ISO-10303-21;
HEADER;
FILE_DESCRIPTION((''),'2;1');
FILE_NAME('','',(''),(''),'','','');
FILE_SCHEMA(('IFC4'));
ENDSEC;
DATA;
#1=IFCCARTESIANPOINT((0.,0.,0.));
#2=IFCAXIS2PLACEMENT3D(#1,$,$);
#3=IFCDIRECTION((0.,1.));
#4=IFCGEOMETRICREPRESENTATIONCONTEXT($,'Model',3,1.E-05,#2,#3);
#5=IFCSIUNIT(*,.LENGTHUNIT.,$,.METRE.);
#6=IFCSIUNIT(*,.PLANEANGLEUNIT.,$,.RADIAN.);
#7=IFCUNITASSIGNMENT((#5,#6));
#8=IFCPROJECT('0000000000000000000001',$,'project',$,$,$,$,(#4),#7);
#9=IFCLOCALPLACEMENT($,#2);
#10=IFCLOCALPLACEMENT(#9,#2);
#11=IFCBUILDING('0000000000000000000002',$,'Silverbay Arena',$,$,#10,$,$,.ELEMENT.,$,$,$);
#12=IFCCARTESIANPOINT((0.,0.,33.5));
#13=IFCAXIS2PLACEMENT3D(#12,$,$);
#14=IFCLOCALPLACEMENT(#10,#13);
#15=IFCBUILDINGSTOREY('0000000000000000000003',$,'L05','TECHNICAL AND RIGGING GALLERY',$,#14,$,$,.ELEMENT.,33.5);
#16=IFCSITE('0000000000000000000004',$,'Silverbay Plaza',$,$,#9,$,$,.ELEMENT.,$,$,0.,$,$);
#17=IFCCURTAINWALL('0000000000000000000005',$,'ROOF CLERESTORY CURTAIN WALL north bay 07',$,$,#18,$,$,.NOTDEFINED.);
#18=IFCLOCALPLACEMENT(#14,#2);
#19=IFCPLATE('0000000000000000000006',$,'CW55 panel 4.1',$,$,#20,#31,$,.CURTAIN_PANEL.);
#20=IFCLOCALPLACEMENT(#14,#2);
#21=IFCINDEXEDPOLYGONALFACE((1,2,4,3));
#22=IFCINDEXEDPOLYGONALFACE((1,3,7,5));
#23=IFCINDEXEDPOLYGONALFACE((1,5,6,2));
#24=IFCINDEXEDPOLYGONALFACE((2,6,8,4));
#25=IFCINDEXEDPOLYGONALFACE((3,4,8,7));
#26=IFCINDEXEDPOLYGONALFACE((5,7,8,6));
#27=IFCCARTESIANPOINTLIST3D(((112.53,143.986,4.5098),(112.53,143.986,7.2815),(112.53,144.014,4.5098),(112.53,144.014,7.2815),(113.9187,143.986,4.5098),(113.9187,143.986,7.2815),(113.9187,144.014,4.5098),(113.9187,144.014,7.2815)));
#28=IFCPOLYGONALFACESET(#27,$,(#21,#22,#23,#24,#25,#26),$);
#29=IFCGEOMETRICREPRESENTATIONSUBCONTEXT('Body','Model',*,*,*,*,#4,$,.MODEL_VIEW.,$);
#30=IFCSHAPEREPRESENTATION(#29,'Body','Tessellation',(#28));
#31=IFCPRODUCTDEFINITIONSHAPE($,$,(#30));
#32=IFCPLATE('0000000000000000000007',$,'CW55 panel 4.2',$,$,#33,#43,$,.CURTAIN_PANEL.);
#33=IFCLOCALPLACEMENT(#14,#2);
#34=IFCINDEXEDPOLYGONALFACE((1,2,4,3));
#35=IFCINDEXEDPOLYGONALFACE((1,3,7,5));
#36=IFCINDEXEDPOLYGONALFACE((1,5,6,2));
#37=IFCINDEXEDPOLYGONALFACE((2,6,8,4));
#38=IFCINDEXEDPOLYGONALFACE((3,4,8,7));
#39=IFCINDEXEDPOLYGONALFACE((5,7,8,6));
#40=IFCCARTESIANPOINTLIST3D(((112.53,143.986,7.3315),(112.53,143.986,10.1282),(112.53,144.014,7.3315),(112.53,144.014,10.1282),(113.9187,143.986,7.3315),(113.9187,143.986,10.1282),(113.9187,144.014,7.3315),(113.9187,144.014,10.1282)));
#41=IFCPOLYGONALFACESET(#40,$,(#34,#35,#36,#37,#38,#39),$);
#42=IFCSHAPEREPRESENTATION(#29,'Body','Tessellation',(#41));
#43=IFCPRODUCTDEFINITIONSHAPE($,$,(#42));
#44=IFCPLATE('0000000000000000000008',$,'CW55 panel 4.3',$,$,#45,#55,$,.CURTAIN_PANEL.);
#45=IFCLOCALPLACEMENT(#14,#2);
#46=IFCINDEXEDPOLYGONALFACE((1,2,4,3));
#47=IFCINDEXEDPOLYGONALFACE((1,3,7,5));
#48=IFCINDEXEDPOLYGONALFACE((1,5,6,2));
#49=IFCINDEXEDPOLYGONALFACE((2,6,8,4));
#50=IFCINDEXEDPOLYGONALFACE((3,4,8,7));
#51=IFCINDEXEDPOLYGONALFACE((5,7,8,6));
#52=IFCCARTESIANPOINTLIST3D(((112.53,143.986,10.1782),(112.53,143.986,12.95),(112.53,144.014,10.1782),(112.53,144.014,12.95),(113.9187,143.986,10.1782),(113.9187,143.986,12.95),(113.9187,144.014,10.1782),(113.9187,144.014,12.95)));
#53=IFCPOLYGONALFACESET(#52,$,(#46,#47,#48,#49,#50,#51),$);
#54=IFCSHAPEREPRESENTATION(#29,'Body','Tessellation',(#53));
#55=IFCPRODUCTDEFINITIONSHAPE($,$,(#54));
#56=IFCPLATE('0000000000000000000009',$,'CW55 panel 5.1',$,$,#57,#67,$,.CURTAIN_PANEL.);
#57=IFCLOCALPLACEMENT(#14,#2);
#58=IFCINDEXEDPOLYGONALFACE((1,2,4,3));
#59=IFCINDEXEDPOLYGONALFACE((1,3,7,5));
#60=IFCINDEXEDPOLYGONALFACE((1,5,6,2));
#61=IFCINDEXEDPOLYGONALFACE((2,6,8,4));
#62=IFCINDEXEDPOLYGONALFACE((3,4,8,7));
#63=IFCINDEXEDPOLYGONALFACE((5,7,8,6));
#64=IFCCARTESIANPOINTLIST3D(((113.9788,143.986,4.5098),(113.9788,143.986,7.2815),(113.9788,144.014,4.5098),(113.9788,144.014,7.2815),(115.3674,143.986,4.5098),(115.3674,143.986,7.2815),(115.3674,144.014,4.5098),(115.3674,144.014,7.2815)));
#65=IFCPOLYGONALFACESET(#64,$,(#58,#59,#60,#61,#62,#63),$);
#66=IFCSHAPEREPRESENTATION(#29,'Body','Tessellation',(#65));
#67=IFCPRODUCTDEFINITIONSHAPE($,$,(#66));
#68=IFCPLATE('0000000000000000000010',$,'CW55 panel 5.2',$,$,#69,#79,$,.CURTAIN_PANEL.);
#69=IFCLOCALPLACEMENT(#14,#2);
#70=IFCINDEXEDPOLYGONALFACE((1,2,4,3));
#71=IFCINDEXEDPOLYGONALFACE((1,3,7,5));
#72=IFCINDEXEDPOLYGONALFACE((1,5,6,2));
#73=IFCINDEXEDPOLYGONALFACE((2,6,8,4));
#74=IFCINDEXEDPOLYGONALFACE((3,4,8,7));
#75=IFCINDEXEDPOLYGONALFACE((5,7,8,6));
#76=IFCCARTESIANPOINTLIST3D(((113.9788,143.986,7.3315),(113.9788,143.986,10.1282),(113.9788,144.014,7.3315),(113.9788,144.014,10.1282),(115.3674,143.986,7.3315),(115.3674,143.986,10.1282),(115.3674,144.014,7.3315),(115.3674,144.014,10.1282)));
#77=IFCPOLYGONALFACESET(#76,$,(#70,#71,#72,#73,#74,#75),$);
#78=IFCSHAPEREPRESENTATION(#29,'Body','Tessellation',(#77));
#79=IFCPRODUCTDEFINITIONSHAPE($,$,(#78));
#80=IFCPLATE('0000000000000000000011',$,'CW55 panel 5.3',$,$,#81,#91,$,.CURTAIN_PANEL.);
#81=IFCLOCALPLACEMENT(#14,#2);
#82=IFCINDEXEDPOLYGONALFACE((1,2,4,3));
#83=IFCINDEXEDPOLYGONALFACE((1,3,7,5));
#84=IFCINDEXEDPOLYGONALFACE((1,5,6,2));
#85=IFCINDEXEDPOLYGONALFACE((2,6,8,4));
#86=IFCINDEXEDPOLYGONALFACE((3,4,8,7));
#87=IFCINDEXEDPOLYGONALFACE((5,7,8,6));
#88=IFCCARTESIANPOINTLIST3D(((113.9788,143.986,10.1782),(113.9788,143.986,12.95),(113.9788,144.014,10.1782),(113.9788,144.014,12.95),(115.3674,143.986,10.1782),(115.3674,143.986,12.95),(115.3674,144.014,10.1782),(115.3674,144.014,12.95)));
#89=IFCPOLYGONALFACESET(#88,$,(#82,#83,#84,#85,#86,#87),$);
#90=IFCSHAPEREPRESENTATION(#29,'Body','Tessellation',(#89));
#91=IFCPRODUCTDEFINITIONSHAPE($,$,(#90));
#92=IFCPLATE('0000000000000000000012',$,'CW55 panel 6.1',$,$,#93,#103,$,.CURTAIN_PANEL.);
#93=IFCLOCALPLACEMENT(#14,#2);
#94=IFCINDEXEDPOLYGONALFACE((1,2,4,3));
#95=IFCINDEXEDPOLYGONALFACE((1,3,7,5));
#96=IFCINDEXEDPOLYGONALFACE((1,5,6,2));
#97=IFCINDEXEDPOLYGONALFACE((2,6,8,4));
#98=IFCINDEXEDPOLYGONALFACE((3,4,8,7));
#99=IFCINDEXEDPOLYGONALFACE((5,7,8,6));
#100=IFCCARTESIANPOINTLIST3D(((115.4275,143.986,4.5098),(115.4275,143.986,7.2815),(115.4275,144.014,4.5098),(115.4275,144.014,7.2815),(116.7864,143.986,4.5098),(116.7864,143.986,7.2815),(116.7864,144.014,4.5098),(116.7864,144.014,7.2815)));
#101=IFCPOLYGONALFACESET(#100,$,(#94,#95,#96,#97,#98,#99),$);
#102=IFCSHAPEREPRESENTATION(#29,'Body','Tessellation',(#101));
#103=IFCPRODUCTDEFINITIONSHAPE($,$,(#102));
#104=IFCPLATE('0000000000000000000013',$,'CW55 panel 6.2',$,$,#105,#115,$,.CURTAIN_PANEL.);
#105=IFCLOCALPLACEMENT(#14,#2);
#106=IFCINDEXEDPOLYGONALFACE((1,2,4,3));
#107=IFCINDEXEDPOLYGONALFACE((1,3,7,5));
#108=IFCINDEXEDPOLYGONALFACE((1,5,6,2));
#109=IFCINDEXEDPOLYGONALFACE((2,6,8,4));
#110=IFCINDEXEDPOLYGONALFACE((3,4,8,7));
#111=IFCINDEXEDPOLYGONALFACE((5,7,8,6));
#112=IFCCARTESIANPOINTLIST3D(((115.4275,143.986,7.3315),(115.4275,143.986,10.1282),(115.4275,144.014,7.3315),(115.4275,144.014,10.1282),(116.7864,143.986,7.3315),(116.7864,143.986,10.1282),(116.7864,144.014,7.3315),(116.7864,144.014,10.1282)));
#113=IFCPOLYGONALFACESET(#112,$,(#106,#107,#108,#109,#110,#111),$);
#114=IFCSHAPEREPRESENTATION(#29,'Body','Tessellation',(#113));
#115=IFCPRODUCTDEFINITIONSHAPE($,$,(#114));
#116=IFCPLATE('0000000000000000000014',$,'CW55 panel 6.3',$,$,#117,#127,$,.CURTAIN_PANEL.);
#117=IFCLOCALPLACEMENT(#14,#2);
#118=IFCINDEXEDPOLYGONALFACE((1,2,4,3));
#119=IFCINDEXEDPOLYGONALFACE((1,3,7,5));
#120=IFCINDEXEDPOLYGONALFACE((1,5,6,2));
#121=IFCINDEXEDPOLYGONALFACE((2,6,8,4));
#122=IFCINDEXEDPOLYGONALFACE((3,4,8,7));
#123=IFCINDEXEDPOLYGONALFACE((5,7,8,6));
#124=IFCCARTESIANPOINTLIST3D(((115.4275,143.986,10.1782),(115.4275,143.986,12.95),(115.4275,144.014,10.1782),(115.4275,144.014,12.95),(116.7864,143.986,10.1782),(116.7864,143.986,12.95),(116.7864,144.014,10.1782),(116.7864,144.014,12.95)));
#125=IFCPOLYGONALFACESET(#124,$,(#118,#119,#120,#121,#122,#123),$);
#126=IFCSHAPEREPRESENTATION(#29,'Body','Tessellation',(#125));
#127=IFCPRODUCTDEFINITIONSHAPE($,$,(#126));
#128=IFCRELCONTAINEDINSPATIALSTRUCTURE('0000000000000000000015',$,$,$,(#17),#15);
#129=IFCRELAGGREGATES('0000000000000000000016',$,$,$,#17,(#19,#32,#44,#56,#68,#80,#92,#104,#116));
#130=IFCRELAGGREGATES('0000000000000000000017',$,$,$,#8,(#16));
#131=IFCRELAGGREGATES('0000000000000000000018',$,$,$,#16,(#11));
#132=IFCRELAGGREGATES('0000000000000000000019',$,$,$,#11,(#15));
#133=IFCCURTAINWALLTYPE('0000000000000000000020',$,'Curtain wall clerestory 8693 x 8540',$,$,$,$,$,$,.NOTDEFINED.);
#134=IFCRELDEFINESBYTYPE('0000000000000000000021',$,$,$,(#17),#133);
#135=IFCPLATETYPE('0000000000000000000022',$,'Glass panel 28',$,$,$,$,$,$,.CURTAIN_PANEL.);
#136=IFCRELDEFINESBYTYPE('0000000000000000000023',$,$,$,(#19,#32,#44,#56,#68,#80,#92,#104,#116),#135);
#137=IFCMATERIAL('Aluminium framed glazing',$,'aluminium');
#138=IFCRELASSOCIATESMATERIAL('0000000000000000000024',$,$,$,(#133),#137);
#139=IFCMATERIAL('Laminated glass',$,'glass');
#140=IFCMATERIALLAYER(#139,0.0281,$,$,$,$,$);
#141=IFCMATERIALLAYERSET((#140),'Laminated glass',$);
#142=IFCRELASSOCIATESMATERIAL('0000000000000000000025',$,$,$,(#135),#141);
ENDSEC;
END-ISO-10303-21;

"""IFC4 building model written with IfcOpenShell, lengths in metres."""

from ifc_helpers import new_model, si_unit, direction, frame, origin, origin_2d, place, context, subcontext, project, spatial, rectangle, extrude, material, layer, layer_set, type_object, element, aggregate, save


model = new_model("IFC4")

# Units and contexts
model_context = context("Model", 3, precision=1e-05, world=origin(), true_north=direction((0.0, 1.0)))
body_context = subcontext(model_context, "Body", "Model", "MODEL_VIEW")
ifc_project = project(units=[si_unit("LENGTHUNIT", "METRE"), si_unit("PLANEANGLEUNIT", "RADIAN")], contexts=[model_context])

# Site, building, storey
site_placement = place(None, origin())
site = spatial("IfcSite", under=ifc_project, at=site_placement, Name="Silverbay Plaza", CompositionType="ELEMENT", RefElevation=0.0)
building_placement = place(site_placement, origin())
building = spatial("IfcBuilding", under=site, at=building_placement, Name="Silverbay Arena", CompositionType="ELEMENT")
storey_placement = place(building_placement, frame((0.0, 0.0, 33.5)))
storey = spatial("IfcBuildingStorey", under=building, at=storey_placement, Name="L05", Description="TECHNICAL AND RIGGING GALLERY", CompositionType="ELEMENT", Elevation=33.5)

# Curtain wall
ifc_material_1 = material(Name="Aluminium framed glazing", Category="aluminium")
curtain_wall_type = type_object("IfcCurtainWallType", Name="Curtain wall clerestory 8693 x 8540", PredefinedType="NOTDEFINED", material=ifc_material_1)
curtain_wall_placement = place(storey_placement, origin())
curtain_wall = element("IfcCurtainWall", 1, at=curtain_wall_placement, inside=storey, type_object=curtain_wall_type, Name="ROOF CLERESTORY CURTAIN WALL north bay 07", PredefinedType="NOTDEFINED")

# Plates
ifc_material_2 = material(Name="Laminated glass", Category="glass")
ifc_layer = layer(ifc_material_2, 0.0281)
ifc_layer_set = layer_set([ifc_layer], Name="Laminated glass")
plate_type = type_object("IfcPlateType", Name="Glass panel 28", PredefinedType="CURTAIN_PANEL", material=ifc_layer_set)
plate_1_placement = place(storey_placement, frame((113.2244, 144.0, 4.5098), z_axis=(0.0, 0.0, 1.0), x_axis=(1.0, 0.0, 0.0)))
plate_1 = element("IfcPlate", 2, at=plate_1_placement, type_object=plate_type, Name="CW55 panel 4.1", PredefinedType="CURTAIN_PANEL", context=body_context, shape_type="SweptSolid", body=[
    extrude(rectangle(XDim=1.3887, YDim=0.0281, at=origin_2d()), origin(), (0.0, 0.0, 1.0), 2.7717),
])
plate_2_placement = place(storey_placement, frame((113.2244, 144.0, 7.3315), z_axis=(0.0, 0.0, 1.0), x_axis=(1.0, 0.0, 0.0)))
plate_2 = element("IfcPlate", 3, at=plate_2_placement, type_object=plate_type, Name="CW55 panel 4.2", PredefinedType="CURTAIN_PANEL", context=body_context, shape_type="SweptSolid", body=[
    extrude(rectangle(XDim=1.3887, YDim=0.0281, at=origin_2d()), origin(), (0.0, 0.0, 1.0), 2.7966),
])
plate_3_placement = place(storey_placement, frame((113.2244, 144.0, 10.1782), z_axis=(0.0, 0.0, 1.0), x_axis=(1.0, 0.0, 0.0)))
plate_3 = element("IfcPlate", 4, at=plate_3_placement, type_object=plate_type, Name="CW55 panel 4.3", PredefinedType="CURTAIN_PANEL", context=body_context, shape_type="SweptSolid", body=[
    extrude(rectangle(XDim=1.3887, YDim=0.0281, at=origin_2d()), origin(), (0.0, 0.0, 1.0), 2.7717),
])
plate_4_placement = place(storey_placement, frame((114.6731, 144.0, 4.5098), z_axis=(0.0, 0.0, 1.0), x_axis=(1.0, 0.0, 0.0)))
plate_4 = element("IfcPlate", 5, at=plate_4_placement, type_object=plate_type, Name="CW55 panel 5.1", PredefinedType="CURTAIN_PANEL", context=body_context, shape_type="SweptSolid", body=[
    extrude(rectangle(XDim=1.3887, YDim=0.0281, at=origin_2d()), origin(), (0.0, 0.0, 1.0), 2.7717),
])
plate_5_placement = place(storey_placement, frame((114.6731, 144.0, 7.3315), z_axis=(0.0, 0.0, 1.0), x_axis=(1.0, 0.0, 0.0)))
plate_5 = element("IfcPlate", 6, at=plate_5_placement, type_object=plate_type, Name="CW55 panel 5.2", PredefinedType="CURTAIN_PANEL", context=body_context, shape_type="SweptSolid", body=[
    extrude(rectangle(XDim=1.3887, YDim=0.0281, at=origin_2d()), origin(), (0.0, 0.0, 1.0), 2.7966),
])
plate_6_placement = place(storey_placement, frame((114.6731, 144.0, 10.1782), z_axis=(0.0, 0.0, 1.0), x_axis=(1.0, 0.0, 0.0)))
plate_6 = element("IfcPlate", 7, at=plate_6_placement, type_object=plate_type, Name="CW55 panel 5.3", PredefinedType="CURTAIN_PANEL", context=body_context, shape_type="SweptSolid", body=[
    extrude(rectangle(XDim=1.3887, YDim=0.0281, at=origin_2d()), origin(), (0.0, 0.0, 1.0), 2.7717),
])
plate_7_placement = place(storey_placement, frame((116.1069, 144.0, 4.5098), z_axis=(0.0, 0.0, 1.0), x_axis=(1.0, 0.0, 0.0)))
plate_7 = element("IfcPlate", 8, at=plate_7_placement, type_object=plate_type, Name="CW55 panel 6.1", PredefinedType="CURTAIN_PANEL", context=body_context, shape_type="SweptSolid", body=[
    extrude(rectangle(XDim=1.3589, YDim=0.0281, at=origin_2d()), origin(), (0.0, 0.0, 1.0), 2.7717),
])
plate_8_placement = place(storey_placement, frame((116.1069, 144.0, 7.3315), z_axis=(0.0, 0.0, 1.0), x_axis=(1.0, 0.0, 0.0)))
plate_8 = element("IfcPlate", 9, at=plate_8_placement, type_object=plate_type, Name="CW55 panel 6.2", PredefinedType="CURTAIN_PANEL", context=body_context, shape_type="SweptSolid", body=[
    extrude(rectangle(XDim=1.3589, YDim=0.0281, at=origin_2d()), origin(), (0.0, 0.0, 1.0), 2.7966),
])
plate_9_placement = place(storey_placement, frame((116.1069, 144.0, 10.1782), z_axis=(0.0, 0.0, 1.0), x_axis=(1.0, 0.0, 0.0)))
plate_9 = element("IfcPlate", 10, at=plate_9_placement, type_object=plate_type, Name="CW55 panel 6.3", PredefinedType="CURTAIN_PANEL", context=body_context, shape_type="SweptSolid", body=[
    extrude(rectangle(XDim=1.3589, YDim=0.0281, at=origin_2d()), origin(), (0.0, 0.0, 1.0), 2.7717),
])
aggregate(curtain_wall, [plate_1, plate_2, plate_3, plate_4, plate_5, plate_6, plate_7, plate_8, plate_9])

save(model, "model.ifc")
